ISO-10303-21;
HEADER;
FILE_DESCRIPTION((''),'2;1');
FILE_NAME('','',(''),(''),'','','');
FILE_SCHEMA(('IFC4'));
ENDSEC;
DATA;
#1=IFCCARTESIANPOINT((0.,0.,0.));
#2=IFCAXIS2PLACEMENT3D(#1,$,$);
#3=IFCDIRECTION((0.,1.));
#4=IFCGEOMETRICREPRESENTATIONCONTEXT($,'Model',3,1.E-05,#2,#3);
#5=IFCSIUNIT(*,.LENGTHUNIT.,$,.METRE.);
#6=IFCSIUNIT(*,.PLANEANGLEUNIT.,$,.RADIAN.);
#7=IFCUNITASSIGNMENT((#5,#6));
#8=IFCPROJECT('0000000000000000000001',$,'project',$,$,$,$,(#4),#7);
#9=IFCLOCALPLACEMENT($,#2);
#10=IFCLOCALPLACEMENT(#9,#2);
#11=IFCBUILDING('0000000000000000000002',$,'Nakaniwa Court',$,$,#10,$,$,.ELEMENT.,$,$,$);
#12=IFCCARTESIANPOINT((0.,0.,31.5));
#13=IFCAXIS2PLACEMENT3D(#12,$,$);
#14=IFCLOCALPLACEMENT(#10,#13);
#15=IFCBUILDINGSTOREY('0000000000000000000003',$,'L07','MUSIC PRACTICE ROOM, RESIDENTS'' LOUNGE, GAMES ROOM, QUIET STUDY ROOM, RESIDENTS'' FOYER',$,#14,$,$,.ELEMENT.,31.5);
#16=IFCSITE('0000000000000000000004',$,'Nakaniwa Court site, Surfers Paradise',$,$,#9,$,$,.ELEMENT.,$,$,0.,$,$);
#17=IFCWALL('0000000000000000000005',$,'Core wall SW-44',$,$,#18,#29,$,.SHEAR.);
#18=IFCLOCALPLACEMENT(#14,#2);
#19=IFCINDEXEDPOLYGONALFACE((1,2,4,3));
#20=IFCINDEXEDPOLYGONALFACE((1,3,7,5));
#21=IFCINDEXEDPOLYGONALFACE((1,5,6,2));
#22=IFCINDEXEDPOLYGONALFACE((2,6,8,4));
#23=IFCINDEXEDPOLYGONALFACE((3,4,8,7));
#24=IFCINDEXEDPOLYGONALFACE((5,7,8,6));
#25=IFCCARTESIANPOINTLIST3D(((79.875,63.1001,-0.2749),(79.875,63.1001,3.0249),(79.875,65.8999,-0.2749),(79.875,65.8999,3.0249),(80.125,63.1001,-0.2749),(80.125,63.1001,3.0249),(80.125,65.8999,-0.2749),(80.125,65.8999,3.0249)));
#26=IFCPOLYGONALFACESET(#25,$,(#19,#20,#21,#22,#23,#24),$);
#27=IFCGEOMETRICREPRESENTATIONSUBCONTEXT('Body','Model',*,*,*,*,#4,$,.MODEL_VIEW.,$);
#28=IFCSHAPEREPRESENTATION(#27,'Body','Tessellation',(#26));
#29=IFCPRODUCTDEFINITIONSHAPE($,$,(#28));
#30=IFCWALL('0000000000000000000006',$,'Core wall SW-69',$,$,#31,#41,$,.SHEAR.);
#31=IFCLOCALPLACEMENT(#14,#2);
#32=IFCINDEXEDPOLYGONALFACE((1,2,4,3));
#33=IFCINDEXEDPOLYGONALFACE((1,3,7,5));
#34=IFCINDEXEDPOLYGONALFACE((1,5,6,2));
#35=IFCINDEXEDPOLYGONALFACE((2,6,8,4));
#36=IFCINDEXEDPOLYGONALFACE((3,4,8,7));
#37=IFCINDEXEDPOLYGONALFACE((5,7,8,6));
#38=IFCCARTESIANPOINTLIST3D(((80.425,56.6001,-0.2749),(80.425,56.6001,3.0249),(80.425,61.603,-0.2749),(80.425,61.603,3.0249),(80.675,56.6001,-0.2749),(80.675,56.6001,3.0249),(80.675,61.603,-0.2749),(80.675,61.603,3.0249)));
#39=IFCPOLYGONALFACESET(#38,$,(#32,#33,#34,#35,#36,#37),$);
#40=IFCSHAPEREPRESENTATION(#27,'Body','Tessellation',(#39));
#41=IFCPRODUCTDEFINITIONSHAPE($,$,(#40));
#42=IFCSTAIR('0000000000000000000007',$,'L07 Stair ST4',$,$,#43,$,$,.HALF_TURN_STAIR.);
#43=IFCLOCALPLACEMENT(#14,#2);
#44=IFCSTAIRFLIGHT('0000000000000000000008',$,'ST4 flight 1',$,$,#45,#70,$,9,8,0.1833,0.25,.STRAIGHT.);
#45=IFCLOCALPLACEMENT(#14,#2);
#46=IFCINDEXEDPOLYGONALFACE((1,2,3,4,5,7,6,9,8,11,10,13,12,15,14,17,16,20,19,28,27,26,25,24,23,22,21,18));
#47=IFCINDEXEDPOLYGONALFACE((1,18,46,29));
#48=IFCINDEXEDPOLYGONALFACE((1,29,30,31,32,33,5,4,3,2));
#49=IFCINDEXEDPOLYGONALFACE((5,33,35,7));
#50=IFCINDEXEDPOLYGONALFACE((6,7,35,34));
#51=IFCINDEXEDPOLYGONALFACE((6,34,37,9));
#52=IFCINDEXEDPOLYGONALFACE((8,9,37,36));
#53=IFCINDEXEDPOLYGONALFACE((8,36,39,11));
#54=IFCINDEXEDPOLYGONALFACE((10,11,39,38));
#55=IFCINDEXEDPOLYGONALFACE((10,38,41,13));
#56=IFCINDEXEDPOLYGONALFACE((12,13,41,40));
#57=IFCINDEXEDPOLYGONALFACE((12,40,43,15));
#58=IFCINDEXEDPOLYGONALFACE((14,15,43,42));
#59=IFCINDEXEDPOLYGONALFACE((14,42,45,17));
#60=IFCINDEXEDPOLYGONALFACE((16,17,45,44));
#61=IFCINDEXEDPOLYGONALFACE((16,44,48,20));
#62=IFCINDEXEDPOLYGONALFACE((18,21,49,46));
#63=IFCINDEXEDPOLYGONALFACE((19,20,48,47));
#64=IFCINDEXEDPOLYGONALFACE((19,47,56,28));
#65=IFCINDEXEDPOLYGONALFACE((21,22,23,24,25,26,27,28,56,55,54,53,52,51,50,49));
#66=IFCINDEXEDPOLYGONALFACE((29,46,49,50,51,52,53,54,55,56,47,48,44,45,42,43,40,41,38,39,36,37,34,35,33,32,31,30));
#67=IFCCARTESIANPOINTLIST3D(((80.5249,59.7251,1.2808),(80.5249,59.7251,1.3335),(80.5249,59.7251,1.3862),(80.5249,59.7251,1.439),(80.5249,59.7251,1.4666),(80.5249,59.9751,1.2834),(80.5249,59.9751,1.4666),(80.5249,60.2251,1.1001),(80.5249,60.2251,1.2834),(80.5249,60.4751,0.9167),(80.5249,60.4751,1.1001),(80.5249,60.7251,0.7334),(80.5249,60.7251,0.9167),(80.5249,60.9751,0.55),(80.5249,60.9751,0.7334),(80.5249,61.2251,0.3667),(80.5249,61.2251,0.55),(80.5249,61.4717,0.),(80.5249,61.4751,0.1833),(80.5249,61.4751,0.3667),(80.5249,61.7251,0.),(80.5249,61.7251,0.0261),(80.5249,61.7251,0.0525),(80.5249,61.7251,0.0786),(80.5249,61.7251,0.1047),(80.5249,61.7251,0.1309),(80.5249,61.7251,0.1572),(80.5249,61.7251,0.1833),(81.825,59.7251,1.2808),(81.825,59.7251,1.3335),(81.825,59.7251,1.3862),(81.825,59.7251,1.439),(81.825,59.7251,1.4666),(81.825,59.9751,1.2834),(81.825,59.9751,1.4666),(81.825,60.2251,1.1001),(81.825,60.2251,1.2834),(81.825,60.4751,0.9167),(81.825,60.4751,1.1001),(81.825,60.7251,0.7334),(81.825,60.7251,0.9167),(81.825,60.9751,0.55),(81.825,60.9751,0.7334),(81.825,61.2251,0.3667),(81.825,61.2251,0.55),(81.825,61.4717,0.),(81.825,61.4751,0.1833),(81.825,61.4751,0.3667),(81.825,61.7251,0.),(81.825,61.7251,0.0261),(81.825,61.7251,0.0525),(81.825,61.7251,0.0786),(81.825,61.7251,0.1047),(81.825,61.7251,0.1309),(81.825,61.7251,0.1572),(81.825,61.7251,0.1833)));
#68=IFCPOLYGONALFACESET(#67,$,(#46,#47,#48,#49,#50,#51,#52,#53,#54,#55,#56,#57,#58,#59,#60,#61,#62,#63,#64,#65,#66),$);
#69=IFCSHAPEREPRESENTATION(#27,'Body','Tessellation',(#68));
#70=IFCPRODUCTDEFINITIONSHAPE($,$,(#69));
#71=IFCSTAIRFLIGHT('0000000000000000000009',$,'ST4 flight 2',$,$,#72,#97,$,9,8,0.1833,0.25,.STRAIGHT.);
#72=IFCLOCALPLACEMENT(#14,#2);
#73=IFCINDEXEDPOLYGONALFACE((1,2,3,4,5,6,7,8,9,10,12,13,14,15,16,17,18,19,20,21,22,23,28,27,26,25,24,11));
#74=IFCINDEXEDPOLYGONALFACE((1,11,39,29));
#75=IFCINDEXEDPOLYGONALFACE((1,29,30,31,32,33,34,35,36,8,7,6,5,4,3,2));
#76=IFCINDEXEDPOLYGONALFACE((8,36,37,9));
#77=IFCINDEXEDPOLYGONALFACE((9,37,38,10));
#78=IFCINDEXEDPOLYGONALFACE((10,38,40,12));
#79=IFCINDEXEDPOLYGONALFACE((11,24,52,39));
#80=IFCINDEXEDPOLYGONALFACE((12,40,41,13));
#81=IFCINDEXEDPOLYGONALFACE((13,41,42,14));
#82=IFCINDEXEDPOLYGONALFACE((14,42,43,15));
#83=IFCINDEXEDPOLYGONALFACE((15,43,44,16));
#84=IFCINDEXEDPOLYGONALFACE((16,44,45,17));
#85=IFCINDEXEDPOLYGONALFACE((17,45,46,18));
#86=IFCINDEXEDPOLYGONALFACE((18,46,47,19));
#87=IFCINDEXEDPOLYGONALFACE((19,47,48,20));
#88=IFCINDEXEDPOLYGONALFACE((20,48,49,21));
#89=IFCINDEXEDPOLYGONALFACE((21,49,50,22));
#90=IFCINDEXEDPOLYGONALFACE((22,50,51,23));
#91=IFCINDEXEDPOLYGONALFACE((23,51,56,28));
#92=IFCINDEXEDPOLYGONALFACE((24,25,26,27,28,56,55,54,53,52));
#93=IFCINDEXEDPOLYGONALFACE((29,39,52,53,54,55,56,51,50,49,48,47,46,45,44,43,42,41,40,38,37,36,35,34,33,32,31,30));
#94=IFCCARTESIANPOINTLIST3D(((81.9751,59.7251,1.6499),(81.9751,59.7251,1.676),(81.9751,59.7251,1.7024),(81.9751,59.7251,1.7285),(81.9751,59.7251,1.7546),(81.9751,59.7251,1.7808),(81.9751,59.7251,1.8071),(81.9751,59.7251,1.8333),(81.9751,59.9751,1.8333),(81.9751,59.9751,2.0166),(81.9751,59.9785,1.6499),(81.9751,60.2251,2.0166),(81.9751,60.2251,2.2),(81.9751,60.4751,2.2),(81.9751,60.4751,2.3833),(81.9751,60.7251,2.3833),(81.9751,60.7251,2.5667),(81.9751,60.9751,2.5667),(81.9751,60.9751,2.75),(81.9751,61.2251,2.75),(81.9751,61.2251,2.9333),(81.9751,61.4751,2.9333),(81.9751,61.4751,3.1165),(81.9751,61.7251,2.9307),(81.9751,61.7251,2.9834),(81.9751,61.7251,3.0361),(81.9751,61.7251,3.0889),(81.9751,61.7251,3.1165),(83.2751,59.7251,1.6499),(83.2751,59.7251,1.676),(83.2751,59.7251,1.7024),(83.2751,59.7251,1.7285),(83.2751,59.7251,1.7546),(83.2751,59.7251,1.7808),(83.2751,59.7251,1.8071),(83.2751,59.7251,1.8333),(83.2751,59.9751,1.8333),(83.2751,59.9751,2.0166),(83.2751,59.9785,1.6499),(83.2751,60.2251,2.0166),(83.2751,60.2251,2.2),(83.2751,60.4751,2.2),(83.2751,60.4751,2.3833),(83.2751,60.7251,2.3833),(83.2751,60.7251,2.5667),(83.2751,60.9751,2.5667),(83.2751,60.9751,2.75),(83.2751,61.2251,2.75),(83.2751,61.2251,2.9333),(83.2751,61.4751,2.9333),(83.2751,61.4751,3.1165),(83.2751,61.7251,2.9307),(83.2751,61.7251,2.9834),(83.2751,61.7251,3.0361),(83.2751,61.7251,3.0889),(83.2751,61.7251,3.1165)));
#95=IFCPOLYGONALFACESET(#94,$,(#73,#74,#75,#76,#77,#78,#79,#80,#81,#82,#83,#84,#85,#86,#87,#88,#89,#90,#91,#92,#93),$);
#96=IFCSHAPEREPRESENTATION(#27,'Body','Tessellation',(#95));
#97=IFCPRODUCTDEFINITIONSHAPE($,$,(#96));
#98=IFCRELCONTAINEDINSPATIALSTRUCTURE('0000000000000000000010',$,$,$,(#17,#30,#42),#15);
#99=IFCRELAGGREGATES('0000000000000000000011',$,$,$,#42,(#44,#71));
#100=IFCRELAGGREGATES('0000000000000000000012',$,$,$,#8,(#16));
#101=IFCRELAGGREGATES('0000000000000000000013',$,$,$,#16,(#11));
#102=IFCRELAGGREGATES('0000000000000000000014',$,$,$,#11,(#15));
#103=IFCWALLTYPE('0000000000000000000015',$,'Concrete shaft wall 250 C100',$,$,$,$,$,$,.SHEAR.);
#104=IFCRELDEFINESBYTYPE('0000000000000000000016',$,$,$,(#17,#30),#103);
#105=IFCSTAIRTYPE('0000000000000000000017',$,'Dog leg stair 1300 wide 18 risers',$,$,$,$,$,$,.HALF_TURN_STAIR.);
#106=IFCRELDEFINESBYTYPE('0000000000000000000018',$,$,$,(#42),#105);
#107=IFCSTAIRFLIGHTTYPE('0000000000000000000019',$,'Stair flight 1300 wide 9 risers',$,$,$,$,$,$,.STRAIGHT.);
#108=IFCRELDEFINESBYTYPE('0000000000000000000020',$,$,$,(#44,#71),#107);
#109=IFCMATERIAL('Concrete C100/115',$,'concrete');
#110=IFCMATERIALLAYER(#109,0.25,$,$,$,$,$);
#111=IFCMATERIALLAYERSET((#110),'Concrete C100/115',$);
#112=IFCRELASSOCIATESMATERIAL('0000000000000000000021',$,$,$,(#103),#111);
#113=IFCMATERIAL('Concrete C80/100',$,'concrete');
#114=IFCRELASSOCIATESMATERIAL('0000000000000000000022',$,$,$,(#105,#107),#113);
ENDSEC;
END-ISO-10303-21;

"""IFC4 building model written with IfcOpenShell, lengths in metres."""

from ifc_helpers import new_model, si_unit, direction, frame, frame_2d, origin, place, context, subcontext, project, spatial, polyline, rectangle, outline, extrude, material, layer, layer_set, type_object, element, aggregate, save


model = new_model("IFC4")

# Units and contexts
model_context = context("Model", 3, precision=1e-05, world=origin(), true_north=direction((0.0, 1.0)))
body_context = subcontext(model_context, "Body", "Model", "MODEL_VIEW")
ifc_project = project(units=[si_unit("LENGTHUNIT", "METRE"), si_unit("PLANEANGLEUNIT", "RADIAN")], contexts=[model_context])

# Site, building, storey
site_placement = place(None, origin())
site = spatial("IfcSite", under=ifc_project, at=site_placement, Name="Nakaniwa Court site, Surfers Paradise", CompositionType="ELEMENT", RefElevation=0.0)
building_placement = place(site_placement, origin())
building = spatial("IfcBuilding", under=site, at=building_placement, Name="Nakaniwa Court", CompositionType="ELEMENT")
storey_placement = place(building_placement, frame((0.0, 0.0, 31.5)))
storey = spatial("IfcBuildingStorey", under=building, at=storey_placement, Name="L07", Description="MUSIC PRACTICE ROOM, RESIDENTS' LOUNGE, GAMES ROOM, QUIET STUDY ROOM, RESIDENTS' FOYER", CompositionType="ELEMENT", Elevation=31.5)

# Shared definitions
ifc_material_1 = material(Name="Concrete C80/100", Category="concrete")

# Walls
ifc_material_2 = material(Name="Concrete C100/115", Category="concrete")
ifc_layer_1 = layer(ifc_material_2, 0.25)
ifc_layer_set_1 = layer_set([ifc_layer_1], Name="Concrete C100/115")
wall_type_1 = type_object("IfcWallType", Name="Concrete shaft wall 250 C100", PredefinedType="SHEAR", material=ifc_layer_set_1)
for number, where, z_axis, x_axis, name in (
    (1, (80.0, 63.1001, -0.2749), (0.0, 0.0, 1.0), (0.0, 1.0, 0.0), "Core wall SW-44"),
):
    element("IfcWall", number, at=place(storey_placement, frame(where, z_axis=z_axis, x_axis=x_axis)), inside=storey, type_object=wall_type_1, Name=name, PredefinedType="SHEAR", context=body_context, shape_type="SweptSolid", body=[
        extrude(rectangle(XDim=2.7998, YDim=0.25, at=frame_2d((1.3999, 0.0))), origin(), (0.0, 0.0, 1.0), 3.2998),
    ])
wall_1_placement = place(storey_placement, frame((80.55, 56.6001, -0.2749), z_axis=(0.0, 0.0, 1.0), x_axis=(0.0, 1.0, 0.0)))
element("IfcWall", 2, at=wall_1_placement, inside=storey, type_object=wall_type_1, Name="Core wall SW-69", PredefinedType="SHEAR", context=body_context, shape_type="SweptSolid", body=[
    extrude(rectangle(XDim=5.0029, YDim=0.25, at=frame_2d((2.5015, 0.0))), origin(), (0.0, 0.0, 1.0), 3.2998),
])

# Stair, stair flights
stair_type = type_object("IfcStairType", Name="Dog leg stair 1300 wide 18 risers", PredefinedType="HALF_TURN_STAIR", material=ifc_material_1)
stair_placement = place(storey_placement, origin())
stair = element("IfcStair", 3, at=stair_placement, inside=storey, type_object=stair_type, Name="L07 Stair ST4", PredefinedType="HALF_TURN_STAIR")
stair_flight_type = type_object("IfcStairFlightType", Name="Stair flight 1300 wide 9 risers", PredefinedType="STRAIGHT", material=ifc_material_1)
stair_flight_1_placement = place(storey_placement, frame((81.175, 61.7251, 0.0), z_axis=(0.0, 0.0, 1.0), x_axis=(0.0, -1.0, 0.0)))
stair_flight_1 = element("IfcStairFlight", 4, at=stair_flight_1_placement, type_object=stair_flight_type, Name="ST4 flight 1", NumberOfRisers=9, NumberOfTreads=8, PredefinedType="STRAIGHT", RiserHeight=0.1833, TreadLength=0.25, context=body_context, shape_type="SweptSolid", body=[
    extrude(outline(polyline([(0.0, 0.0), (0.0, 0.0261), (0.0, 0.0525), (0.0, 0.0786), (0.0, 0.1047), (0.0, 0.1309), (0.0, 0.1572), (0.0, 0.1833), (0.25, 0.1833), (0.25, 0.3667), (0.5, 0.3667), (0.5, 0.55), (0.75, 0.55), (0.75, 0.7334), (1.0, 0.7334), (1.0, 0.9167), (1.25, 0.9167), (1.25, 1.1001), (1.5, 1.1001), (1.5, 1.2834), (1.75, 1.2834), (1.75, 1.4666), (2.0, 1.4666), (2.0, 1.6499), (2.0, 1.5972), (2.0, 1.5444), (2.0, 1.4917), (2.0, 1.439), (2.0, 1.3862), (2.0, 1.3335), (2.0, 1.2808), (0.2534, 0.0), (0.0, 0.0)])), frame((0.0, 0.6499, 0.0), z_axis=(0.0, -1.0, 0.0), x_axis=(1.0, 0.0, 0.0)), (0.0, 0.0, 1.0), 1.3),
])
stair_flight_2_placement = place(storey_placement, frame((82.625, 59.7251, 1.6499), z_axis=(0.0, 0.0, 1.0), x_axis=(0.0, 1.0, 0.0)))
stair_flight_2 = element("IfcStairFlight", 5, at=stair_flight_2_placement, type_object=stair_flight_type, Name="ST4 flight 2", NumberOfRisers=9, NumberOfTreads=8, PredefinedType="STRAIGHT", RiserHeight=0.1833, TreadLength=0.25, context=body_context, shape_type="SweptSolid", body=[
    extrude(outline(polyline([(0.0, 0.0), (0.0, 0.0261), (0.0, 0.0525), (0.0, 0.0786), (0.0, 0.1047), (0.0, 0.1309), (0.0, 0.1572), (0.0, 0.1833), (0.25, 0.1833), (0.25, 0.3667), (0.5, 0.3667), (0.5, 0.55), (0.75, 0.55), (0.75, 0.7334), (1.0, 0.7334), (1.0, 0.9167), (1.25, 0.9167), (1.25, 1.1001), (1.5, 1.1001), (1.5, 1.2834), (1.75, 1.2834), (1.75, 1.4666), (2.0, 1.4666), (2.0, 1.6499), (2.0, 1.5972), (2.0, 1.5444), (2.0, 1.4917), (2.0, 1.439), (2.0, 1.3862), (2.0, 1.3335), (2.0, 1.2808), (0.2534, 0.0), (0.0, 0.0)])), frame((0.0, 0.6499, 0.0), z_axis=(0.0, -1.0, 0.0), x_axis=(1.0, 0.0, 0.0)), (0.0, 0.0, 1.0), 1.3),
])
aggregate(stair, [stair_flight_1, stair_flight_2])

save(model, "model.ifc")
